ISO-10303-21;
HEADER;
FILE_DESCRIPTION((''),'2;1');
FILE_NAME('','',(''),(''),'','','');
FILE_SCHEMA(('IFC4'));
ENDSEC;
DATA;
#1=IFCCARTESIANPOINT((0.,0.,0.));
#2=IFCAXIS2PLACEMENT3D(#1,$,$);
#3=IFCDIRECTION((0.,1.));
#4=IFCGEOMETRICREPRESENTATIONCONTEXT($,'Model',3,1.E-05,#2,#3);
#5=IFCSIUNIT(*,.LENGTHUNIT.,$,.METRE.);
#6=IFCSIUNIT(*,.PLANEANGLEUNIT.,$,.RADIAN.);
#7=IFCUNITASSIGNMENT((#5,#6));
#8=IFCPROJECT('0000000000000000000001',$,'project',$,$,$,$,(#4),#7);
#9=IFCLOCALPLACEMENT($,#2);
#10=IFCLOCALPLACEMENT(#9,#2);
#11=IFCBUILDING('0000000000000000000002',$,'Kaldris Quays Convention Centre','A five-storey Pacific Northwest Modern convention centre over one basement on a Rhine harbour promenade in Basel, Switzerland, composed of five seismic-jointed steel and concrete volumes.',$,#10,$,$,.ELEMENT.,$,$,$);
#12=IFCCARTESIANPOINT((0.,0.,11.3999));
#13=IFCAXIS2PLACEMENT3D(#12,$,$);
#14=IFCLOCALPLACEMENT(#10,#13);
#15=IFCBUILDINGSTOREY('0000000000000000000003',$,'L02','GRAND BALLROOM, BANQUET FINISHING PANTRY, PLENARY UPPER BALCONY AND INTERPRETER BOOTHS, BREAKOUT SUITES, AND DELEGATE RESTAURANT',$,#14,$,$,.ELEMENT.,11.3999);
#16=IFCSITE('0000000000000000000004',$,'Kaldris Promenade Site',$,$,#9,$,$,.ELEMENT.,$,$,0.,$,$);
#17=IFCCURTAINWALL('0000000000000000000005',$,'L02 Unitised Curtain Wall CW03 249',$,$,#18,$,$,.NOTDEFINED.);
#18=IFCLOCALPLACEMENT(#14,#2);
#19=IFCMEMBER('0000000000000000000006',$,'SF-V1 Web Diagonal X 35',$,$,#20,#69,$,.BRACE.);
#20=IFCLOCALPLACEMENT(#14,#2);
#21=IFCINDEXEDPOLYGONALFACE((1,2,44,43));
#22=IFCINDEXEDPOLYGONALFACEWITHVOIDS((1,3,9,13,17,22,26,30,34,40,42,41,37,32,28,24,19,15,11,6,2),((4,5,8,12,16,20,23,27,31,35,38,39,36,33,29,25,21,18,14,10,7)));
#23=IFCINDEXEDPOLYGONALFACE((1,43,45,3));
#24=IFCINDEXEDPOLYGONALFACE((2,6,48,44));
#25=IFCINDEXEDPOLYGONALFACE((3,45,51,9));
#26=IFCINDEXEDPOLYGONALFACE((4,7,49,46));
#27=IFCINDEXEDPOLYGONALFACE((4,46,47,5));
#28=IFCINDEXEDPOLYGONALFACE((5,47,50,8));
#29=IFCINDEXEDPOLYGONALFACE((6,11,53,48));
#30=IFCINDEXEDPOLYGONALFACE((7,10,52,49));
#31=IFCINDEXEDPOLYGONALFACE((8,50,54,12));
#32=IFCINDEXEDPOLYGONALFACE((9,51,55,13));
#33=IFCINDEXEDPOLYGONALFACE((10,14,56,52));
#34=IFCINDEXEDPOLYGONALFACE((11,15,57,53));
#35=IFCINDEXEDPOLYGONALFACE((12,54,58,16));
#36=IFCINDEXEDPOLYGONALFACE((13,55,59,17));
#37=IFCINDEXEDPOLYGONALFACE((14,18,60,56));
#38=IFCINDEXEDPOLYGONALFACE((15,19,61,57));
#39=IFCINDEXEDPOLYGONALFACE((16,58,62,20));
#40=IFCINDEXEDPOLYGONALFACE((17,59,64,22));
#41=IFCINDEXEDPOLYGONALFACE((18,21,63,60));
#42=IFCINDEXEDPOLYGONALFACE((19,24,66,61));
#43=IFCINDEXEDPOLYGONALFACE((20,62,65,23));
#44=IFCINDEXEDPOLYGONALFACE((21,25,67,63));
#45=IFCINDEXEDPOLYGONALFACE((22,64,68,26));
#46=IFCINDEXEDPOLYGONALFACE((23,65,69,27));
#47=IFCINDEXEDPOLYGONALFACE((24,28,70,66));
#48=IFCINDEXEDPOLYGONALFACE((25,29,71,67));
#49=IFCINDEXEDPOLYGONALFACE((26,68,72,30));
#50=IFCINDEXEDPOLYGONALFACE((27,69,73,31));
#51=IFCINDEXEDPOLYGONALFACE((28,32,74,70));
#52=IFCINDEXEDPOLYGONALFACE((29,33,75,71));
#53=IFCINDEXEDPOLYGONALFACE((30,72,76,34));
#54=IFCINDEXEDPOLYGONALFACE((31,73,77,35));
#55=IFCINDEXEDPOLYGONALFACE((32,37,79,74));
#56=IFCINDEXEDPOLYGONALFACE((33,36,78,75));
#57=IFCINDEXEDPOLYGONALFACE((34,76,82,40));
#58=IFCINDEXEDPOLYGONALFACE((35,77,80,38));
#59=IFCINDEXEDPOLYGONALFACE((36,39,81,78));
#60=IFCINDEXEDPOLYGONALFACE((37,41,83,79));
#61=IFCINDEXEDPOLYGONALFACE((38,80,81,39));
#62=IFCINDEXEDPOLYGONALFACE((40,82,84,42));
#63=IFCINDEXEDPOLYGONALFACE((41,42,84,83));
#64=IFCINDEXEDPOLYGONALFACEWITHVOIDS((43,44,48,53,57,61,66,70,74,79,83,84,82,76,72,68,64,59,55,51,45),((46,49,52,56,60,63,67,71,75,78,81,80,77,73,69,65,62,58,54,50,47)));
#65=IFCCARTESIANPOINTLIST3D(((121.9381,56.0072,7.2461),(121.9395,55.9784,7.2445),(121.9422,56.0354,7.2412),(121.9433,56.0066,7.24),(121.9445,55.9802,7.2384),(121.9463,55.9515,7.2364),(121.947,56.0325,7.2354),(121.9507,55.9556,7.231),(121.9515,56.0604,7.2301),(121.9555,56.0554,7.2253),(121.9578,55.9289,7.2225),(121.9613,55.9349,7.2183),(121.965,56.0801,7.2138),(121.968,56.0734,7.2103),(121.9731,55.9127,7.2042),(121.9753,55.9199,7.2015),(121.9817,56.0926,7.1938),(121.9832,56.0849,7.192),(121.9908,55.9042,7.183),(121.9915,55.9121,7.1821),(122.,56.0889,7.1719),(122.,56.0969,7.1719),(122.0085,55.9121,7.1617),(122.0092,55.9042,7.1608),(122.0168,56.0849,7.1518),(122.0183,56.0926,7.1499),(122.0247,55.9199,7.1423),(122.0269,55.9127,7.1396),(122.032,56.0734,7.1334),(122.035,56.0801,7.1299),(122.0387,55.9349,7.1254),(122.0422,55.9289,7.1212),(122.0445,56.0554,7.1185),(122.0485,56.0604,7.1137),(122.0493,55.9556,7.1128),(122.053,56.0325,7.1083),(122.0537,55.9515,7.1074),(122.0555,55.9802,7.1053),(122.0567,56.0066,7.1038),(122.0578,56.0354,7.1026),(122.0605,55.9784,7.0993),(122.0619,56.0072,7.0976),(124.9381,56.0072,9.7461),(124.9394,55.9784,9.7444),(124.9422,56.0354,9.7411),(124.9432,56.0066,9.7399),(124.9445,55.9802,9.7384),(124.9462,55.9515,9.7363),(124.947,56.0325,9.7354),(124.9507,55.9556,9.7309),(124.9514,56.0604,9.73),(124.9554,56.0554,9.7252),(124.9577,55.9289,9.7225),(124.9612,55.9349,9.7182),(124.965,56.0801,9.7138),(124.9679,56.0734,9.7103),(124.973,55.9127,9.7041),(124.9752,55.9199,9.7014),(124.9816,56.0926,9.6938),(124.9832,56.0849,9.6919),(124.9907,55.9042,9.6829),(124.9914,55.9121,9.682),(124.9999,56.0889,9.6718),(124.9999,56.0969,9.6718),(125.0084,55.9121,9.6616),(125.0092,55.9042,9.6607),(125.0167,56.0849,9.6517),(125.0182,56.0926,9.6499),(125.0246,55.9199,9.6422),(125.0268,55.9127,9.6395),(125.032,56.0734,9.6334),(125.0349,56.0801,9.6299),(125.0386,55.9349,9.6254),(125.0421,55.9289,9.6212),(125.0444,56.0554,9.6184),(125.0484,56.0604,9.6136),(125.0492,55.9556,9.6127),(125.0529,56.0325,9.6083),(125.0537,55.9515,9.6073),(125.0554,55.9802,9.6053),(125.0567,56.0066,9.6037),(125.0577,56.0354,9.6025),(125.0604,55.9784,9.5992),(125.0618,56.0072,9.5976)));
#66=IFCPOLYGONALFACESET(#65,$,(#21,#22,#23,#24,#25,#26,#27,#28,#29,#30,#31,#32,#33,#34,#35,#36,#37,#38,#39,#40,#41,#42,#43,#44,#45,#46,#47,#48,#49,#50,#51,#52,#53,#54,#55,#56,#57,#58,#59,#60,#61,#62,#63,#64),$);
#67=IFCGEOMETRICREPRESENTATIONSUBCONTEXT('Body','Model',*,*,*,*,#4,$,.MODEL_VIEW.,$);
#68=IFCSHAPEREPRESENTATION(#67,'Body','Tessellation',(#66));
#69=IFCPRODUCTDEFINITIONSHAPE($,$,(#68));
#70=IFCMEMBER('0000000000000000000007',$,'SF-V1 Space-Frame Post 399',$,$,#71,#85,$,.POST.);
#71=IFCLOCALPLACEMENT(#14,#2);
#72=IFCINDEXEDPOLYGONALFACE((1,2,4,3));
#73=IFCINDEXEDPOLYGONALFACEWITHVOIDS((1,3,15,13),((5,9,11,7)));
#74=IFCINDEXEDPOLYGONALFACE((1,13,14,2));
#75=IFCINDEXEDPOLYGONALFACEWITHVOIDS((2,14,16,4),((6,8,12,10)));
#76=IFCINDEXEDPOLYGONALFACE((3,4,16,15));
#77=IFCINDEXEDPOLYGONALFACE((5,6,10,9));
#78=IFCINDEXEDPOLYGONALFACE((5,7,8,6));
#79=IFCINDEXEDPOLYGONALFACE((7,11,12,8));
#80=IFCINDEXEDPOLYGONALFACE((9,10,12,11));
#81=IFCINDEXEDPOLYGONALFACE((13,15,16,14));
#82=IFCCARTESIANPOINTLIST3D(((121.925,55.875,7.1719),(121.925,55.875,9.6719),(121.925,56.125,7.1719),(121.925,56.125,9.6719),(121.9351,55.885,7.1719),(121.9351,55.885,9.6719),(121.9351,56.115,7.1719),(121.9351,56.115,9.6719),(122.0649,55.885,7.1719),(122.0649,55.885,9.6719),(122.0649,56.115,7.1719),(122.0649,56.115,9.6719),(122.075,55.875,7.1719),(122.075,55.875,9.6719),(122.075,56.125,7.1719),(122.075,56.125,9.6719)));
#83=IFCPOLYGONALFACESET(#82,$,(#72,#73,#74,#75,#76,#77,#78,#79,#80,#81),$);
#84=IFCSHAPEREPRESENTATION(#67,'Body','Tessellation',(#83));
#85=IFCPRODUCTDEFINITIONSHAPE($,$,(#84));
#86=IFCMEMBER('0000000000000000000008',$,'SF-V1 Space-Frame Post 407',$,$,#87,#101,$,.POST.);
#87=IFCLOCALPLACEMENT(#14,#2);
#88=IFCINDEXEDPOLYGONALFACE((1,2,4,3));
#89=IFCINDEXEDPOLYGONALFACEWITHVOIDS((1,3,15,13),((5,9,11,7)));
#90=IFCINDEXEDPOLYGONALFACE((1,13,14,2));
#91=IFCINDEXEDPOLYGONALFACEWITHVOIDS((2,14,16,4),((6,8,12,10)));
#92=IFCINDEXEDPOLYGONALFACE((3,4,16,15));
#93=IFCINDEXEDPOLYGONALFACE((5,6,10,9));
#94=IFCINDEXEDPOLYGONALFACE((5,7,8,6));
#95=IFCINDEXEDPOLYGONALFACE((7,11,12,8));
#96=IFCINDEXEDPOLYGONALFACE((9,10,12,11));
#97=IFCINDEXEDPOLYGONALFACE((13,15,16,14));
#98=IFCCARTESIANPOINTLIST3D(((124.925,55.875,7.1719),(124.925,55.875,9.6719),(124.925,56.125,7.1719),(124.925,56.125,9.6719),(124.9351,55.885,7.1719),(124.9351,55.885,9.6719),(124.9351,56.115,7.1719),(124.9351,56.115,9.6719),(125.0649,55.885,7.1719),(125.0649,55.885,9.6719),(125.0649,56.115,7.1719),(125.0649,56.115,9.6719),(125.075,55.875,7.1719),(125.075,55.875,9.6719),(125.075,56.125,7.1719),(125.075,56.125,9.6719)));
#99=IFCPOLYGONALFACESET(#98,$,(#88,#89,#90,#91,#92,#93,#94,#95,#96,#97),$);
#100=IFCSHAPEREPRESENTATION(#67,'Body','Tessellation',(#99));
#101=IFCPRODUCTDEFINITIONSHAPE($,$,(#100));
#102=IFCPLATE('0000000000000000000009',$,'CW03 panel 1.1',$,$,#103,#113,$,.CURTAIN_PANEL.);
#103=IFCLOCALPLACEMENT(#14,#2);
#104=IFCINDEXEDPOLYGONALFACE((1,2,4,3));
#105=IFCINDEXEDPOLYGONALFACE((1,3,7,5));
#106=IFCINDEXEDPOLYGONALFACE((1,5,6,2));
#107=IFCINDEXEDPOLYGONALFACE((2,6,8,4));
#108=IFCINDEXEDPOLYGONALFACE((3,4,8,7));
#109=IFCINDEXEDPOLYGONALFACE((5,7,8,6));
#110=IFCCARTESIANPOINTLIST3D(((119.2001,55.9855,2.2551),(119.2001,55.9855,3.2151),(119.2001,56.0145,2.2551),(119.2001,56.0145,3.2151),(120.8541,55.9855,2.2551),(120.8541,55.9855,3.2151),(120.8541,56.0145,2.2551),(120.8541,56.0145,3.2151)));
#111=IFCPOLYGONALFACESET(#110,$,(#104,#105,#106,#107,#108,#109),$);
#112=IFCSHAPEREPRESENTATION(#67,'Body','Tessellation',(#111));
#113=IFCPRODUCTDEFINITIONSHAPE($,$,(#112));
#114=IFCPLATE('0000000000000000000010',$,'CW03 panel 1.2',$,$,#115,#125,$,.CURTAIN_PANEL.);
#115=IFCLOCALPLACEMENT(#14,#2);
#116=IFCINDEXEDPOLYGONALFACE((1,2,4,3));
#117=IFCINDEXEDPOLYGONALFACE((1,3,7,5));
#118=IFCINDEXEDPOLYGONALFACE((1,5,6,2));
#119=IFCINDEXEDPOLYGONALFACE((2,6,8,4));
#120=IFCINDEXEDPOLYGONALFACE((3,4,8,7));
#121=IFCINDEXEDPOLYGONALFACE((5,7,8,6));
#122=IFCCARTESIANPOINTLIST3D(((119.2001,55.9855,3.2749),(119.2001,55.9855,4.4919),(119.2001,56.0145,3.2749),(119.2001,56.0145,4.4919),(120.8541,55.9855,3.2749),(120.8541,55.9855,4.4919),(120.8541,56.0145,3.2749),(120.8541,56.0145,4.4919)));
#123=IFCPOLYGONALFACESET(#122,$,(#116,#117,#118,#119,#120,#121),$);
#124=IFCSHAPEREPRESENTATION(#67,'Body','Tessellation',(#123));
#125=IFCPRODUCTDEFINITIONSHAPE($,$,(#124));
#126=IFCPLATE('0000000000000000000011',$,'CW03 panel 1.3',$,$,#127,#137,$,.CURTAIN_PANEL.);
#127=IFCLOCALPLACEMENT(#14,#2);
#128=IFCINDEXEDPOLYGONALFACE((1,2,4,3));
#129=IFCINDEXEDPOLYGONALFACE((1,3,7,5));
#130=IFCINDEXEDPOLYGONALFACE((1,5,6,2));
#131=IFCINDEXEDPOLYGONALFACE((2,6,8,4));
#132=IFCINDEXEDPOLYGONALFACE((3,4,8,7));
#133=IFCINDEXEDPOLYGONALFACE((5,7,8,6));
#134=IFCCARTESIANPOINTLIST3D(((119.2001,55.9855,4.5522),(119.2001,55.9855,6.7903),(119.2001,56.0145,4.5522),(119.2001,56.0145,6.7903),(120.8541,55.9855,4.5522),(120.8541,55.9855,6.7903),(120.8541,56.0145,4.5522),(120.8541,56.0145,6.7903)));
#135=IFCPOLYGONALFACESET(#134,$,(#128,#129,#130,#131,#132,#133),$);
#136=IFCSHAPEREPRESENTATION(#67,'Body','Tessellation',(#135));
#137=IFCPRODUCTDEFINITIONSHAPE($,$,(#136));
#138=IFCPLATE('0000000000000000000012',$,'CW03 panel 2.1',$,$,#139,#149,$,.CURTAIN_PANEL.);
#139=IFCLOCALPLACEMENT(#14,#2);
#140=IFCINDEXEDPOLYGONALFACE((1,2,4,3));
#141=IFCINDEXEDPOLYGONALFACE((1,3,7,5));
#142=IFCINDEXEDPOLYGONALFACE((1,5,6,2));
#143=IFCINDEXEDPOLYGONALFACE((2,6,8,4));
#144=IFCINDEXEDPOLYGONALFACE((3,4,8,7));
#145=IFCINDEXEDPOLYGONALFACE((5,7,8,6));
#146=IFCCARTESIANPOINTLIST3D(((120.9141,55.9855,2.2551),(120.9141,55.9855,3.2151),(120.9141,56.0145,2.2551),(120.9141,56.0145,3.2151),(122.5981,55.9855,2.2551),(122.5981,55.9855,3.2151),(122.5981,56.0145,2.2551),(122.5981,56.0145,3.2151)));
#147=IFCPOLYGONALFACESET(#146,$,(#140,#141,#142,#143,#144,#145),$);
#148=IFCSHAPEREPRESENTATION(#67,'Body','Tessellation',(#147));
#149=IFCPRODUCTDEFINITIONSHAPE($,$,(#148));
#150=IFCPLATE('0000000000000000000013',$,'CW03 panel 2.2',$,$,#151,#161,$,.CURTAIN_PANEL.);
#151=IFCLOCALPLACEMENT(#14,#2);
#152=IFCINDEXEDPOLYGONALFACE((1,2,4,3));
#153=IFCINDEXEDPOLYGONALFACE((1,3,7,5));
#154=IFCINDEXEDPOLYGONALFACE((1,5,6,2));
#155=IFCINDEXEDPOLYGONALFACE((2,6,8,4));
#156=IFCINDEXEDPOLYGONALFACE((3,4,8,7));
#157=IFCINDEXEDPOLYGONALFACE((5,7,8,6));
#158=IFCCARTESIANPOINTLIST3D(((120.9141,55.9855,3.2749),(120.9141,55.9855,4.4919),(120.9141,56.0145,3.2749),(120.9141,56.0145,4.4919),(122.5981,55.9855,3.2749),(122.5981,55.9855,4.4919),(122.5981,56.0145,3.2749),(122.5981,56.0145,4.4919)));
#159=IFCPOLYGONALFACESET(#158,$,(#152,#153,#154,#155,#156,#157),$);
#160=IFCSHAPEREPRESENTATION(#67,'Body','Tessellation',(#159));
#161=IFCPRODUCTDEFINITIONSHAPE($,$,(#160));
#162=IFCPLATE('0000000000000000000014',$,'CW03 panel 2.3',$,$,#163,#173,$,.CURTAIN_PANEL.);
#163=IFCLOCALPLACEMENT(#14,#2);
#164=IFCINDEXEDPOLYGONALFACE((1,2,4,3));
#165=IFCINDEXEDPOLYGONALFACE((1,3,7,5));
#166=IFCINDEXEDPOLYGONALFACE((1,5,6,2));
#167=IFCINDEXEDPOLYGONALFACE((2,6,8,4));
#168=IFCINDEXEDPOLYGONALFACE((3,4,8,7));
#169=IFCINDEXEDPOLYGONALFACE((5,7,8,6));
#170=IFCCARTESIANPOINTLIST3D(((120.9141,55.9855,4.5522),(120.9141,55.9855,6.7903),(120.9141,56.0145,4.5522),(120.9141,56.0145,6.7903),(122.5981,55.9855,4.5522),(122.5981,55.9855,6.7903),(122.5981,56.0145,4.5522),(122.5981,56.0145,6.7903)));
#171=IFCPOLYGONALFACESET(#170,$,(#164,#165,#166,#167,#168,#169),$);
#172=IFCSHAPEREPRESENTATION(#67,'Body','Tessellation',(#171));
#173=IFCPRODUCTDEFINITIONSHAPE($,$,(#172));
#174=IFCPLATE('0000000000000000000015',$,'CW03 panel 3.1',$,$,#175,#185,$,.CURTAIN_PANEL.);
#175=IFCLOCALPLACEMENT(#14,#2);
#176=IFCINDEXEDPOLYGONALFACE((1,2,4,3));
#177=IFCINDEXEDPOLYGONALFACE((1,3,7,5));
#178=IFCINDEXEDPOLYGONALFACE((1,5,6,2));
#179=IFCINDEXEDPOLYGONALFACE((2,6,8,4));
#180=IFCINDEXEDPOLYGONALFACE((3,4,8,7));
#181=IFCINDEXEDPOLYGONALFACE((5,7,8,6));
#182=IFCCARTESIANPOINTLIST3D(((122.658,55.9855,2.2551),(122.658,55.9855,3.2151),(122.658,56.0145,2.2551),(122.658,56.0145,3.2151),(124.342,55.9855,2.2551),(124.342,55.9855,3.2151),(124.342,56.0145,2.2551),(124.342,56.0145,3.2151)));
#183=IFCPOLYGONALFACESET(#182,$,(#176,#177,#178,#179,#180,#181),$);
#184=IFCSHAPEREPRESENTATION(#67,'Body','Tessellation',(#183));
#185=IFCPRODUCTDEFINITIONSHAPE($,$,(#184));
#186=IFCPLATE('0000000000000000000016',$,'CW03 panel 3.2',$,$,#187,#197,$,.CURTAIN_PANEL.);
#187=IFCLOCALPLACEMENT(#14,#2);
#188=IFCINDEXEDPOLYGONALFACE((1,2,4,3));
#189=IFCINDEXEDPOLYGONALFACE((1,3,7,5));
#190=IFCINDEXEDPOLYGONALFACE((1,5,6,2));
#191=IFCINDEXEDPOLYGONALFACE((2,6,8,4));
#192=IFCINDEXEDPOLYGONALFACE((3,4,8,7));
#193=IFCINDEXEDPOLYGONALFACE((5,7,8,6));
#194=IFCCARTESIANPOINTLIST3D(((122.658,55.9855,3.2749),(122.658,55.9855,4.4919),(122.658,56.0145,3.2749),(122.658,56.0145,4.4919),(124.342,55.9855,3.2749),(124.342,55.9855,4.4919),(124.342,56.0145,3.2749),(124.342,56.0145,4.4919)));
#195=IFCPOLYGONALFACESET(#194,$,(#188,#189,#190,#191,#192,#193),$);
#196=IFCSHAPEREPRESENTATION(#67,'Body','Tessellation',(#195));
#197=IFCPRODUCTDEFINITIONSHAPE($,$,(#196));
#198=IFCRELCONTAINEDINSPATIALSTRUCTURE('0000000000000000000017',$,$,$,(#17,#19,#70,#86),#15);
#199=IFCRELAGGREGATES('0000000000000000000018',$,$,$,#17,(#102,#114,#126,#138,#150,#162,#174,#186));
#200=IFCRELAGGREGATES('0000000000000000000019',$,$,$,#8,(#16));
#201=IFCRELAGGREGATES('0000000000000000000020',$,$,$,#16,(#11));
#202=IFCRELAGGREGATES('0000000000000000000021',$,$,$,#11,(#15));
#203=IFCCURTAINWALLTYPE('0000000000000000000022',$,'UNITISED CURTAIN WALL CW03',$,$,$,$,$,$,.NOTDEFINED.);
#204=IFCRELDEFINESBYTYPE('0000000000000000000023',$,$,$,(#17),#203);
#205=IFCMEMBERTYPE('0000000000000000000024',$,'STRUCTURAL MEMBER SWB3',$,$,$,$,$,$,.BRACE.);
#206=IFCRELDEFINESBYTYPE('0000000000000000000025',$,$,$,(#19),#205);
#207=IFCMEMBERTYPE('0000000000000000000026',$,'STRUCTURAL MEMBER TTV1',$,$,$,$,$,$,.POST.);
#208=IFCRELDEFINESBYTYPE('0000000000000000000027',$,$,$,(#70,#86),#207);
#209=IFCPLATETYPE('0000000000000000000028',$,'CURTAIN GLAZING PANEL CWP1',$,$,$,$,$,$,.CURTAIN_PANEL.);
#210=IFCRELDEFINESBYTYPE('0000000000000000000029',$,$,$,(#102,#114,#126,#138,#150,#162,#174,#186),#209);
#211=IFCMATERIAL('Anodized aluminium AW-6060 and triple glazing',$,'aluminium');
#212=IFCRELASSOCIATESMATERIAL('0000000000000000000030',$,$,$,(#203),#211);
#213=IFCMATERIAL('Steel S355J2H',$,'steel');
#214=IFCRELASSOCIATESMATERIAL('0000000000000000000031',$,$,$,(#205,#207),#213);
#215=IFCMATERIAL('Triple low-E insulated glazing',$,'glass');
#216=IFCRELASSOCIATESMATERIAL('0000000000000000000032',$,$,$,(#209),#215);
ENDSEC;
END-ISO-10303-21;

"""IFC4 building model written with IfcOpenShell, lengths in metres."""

from ifc_helpers import new_model, si_unit, direction, frame, origin, origin_2d, place, context, subcontext, project, spatial, rectangle, hollow_rectangle, hollow_circle, extrude, material, material_profile, profile_set, type_object, element, aggregate, save


model = new_model("IFC4")

# Units and contexts
model_context = context("Model", 3, precision=1e-05, world=origin(), true_north=direction((0.0, 1.0)))
body_context = subcontext(model_context, "Body", "Model", "MODEL_VIEW")
ifc_project = project(units=[si_unit("LENGTHUNIT", "METRE"), si_unit("PLANEANGLEUNIT", "RADIAN")], contexts=[model_context])

# Site, building, storey
site_placement = place(None, origin())
site = spatial("IfcSite", under=ifc_project, at=site_placement, Name="Kaldris Promenade Site", CompositionType="ELEMENT", RefElevation=0.0)
building_placement = place(site_placement, origin())
building = spatial("IfcBuilding", under=site, at=building_placement, Name="Kaldris Quays Convention Centre", Description="A five-storey Pacific Northwest Modern convention centre over one basement on a Rhine harbour promenade in Basel, Switzerland, composed of five seismic-jointed steel and concrete volumes.", CompositionType="ELEMENT")
storey_placement = place(building_placement, frame((0.0, 0.0, 11.3999)))
storey = spatial("IfcBuildingStorey", under=building, at=storey_placement, Name="L02", Description="GRAND BALLROOM, BANQUET FINISHING PANTRY, PLENARY UPPER BALCONY AND INTERPRETER BOOTHS, BREAKOUT SUITES, AND DELEGATE RESTAURANT", CompositionType="ELEMENT", Elevation=11.3999)

# Curtain wall
ifc_material_1 = material(Name="Anodized aluminium AW-6060 and triple glazing", Category="aluminium")
curtain_wall_type = type_object("IfcCurtainWallType", Name="UNITISED CURTAIN WALL CW03", PredefinedType="NOTDEFINED", material=ifc_material_1)
curtain_wall_placement = place(storey_placement, origin())
curtain_wall = element("IfcCurtainWall", 1, at=curtain_wall_placement, inside=storey, type_object=curtain_wall_type, Name="L02 Unitised Curtain Wall CW03 249", PredefinedType="NOTDEFINED")

# Members
ifc_material_2 = material(Name="Steel S355J2H", Category="steel")
ifc_material_profile_1 = material_profile(ifc_material_2, hollow_circle(Radius=0.0969, WallThickness=0.0081, at=origin_2d()), Name="CHS 193.7x8")
ifc_profile_set_1 = profile_set([ifc_material_profile_1], Name="Steel S355J2H")
member_type_1 = type_object("IfcMemberType", Name="STRUCTURAL MEMBER SWB3", PredefinedType="BRACE", material=ifc_profile_set_1)
member_1_placement = place(storey_placement, frame((122.0, 56.0, 7.1719), z_axis=(0.768221, 0.0, 0.640184), x_axis=(0.0, 1.0, 0.0)))
element("IfcMember", 2, at=member_1_placement, inside=storey, type_object=member_type_1, Name="SF-V1 Web Diagonal X 35", PredefinedType="BRACE", context=body_context, shape_type="SweptSolid", body=[
    extrude(hollow_circle(Radius=0.0969, WallThickness=0.0081, at=origin_2d()), origin(), (0.0, 0.0, 1.0), 3.905),
])
ifc_material_profile_2 = material_profile(ifc_material_2, hollow_rectangle(XDim=0.1499, YDim=0.25, WallThickness=0.01, at=origin_2d()), Name="RHS 250x150x10")
ifc_profile_set_2 = profile_set([ifc_material_profile_2], Name="Steel S355J2H")
member_type_2 = type_object("IfcMemberType", Name="STRUCTURAL MEMBER TTV1", PredefinedType="POST", material=ifc_profile_set_2)
for number, where, z_axis, x_axis, name in (
    (3, (122.0, 56.0, 7.1719), (0.0, 0.0, 1.0), (1.0, 0.0, 0.0), "SF-V1 Space-Frame Post 399"),
    (4, (125.0, 56.0, 7.1719), (0.0, 0.0, 1.0), (1.0, 0.0, 0.0), "SF-V1 Space-Frame Post 407"),
):
    element("IfcMember", number, at=place(storey_placement, frame(where, z_axis=z_axis, x_axis=x_axis)), inside=storey, type_object=member_type_2, Name=name, PredefinedType="POST", context=body_context, shape_type="SweptSolid", body=[
        extrude(hollow_rectangle(XDim=0.1499, YDim=0.25, WallThickness=0.01, at=origin_2d()), origin(), (0.0, 0.0, 1.0), 2.5),
    ])

# Plates
ifc_material_3 = material(Name="Triple low-E insulated glazing", Category="glass")
plate_type = type_object("IfcPlateType", Name="CURTAIN GLAZING PANEL CWP1", PredefinedType="CURTAIN_PANEL", material=ifc_material_3)
plate_1_placement = place(storey_placement, frame((120.0271, 56.0, 2.2551), z_axis=(0.0, 0.0, 1.0), x_axis=(1.0, 0.0, 0.0)))
plate_1 = element("IfcPlate", 5, at=plate_1_placement, type_object=plate_type, Name="CW03 panel 1.1", PredefinedType="CURTAIN_PANEL", context=body_context, shape_type="SweptSolid", body=[
    extrude(rectangle(XDim=1.6541, YDim=0.0291, at=origin_2d()), origin(), (0.0, 0.0, 1.0), 0.96),
])
plate_2_placement = place(storey_placement, frame((120.0271, 56.0, 3.2749), z_axis=(0.0, 0.0, 1.0), x_axis=(1.0, 0.0, 0.0)))
plate_2 = element("IfcPlate", 6, at=plate_2_placement, type_object=plate_type, Name="CW03 panel 1.2", PredefinedType="CURTAIN_PANEL", context=body_context, shape_type="SweptSolid", body=[
    extrude(rectangle(XDim=1.6541, YDim=0.0291, at=origin_2d()), origin(), (0.0, 0.0, 1.0), 1.217),
])
plate_3_placement = place(storey_placement, frame((120.0271, 56.0, 4.5522), z_axis=(0.0, 0.0, 1.0), x_axis=(1.0, 0.0, 0.0)))
plate_3 = element("IfcPlate", 7, at=plate_3_placement, type_object=plate_type, Name="CW03 panel 1.3", PredefinedType="CURTAIN_PANEL", context=body_context, shape_type="SweptSolid", body=[
    extrude(rectangle(XDim=1.6541, YDim=0.0291, at=origin_2d()), origin(), (0.0, 0.0, 1.0), 2.238),
])
plate_4_placement = place(storey_placement, frame((121.7561, 56.0, 2.2551), z_axis=(0.0, 0.0, 1.0), x_axis=(1.0, 0.0, 0.0)))
plate_4 = element("IfcPlate", 8, at=plate_4_placement, type_object=plate_type, Name="CW03 panel 2.1", PredefinedType="CURTAIN_PANEL", context=body_context, shape_type="SweptSolid", body=[
    extrude(rectangle(XDim=1.6841, YDim=0.0291, at=origin_2d()), origin(), (0.0, 0.0, 1.0), 0.96),
])
plate_5_placement = place(storey_placement, frame((121.7561, 56.0, 3.2749), z_axis=(0.0, 0.0, 1.0), x_axis=(1.0, 0.0, 0.0)))
plate_5 = element("IfcPlate", 9, at=plate_5_placement, type_object=plate_type, Name="CW03 panel 2.2", PredefinedType="CURTAIN_PANEL", context=body_context, shape_type="SweptSolid", body=[
    extrude(rectangle(XDim=1.6841, YDim=0.0291, at=origin_2d()), origin(), (0.0, 0.0, 1.0), 1.217),
])
plate_6_placement = place(storey_placement, frame((121.7561, 56.0, 4.5522), z_axis=(0.0, 0.0, 1.0), x_axis=(1.0, 0.0, 0.0)))
plate_6 = element("IfcPlate", 10, at=plate_6_placement, type_object=plate_type, Name="CW03 panel 2.3", PredefinedType="CURTAIN_PANEL", context=body_context, shape_type="SweptSolid", body=[
    extrude(rectangle(XDim=1.6841, YDim=0.0291, at=origin_2d()), origin(), (0.0, 0.0, 1.0), 2.238),
])
plate_7_placement = place(storey_placement, frame((123.5, 56.0, 2.2551), z_axis=(0.0, 0.0, 1.0), x_axis=(1.0, 0.0, 0.0)))
plate_7 = element("IfcPlate", 11, at=plate_7_placement, type_object=plate_type, Name="CW03 panel 3.1", PredefinedType="CURTAIN_PANEL", context=body_context, shape_type="SweptSolid", body=[
    extrude(rectangle(XDim=1.6841, YDim=0.0291, at=origin_2d()), origin(), (0.0, 0.0, 1.0), 0.96),
])
plate_8_placement = place(storey_placement, frame((123.5, 56.0, 3.2749), z_axis=(0.0, 0.0, 1.0), x_axis=(1.0, 0.0, 0.0)))
plate_8 = element("IfcPlate", 12, at=plate_8_placement, type_object=plate_type, Name="CW03 panel 3.2", PredefinedType="CURTAIN_PANEL", context=body_context, shape_type="SweptSolid", body=[
    extrude(rectangle(XDim=1.6841, YDim=0.0291, at=origin_2d()), origin(), (0.0, 0.0, 1.0), 1.217),
])
aggregate(curtain_wall, [plate_1, plate_2, plate_3, plate_4, plate_5, plate_6, plate_7, plate_8])

save(model, "model.ifc")
